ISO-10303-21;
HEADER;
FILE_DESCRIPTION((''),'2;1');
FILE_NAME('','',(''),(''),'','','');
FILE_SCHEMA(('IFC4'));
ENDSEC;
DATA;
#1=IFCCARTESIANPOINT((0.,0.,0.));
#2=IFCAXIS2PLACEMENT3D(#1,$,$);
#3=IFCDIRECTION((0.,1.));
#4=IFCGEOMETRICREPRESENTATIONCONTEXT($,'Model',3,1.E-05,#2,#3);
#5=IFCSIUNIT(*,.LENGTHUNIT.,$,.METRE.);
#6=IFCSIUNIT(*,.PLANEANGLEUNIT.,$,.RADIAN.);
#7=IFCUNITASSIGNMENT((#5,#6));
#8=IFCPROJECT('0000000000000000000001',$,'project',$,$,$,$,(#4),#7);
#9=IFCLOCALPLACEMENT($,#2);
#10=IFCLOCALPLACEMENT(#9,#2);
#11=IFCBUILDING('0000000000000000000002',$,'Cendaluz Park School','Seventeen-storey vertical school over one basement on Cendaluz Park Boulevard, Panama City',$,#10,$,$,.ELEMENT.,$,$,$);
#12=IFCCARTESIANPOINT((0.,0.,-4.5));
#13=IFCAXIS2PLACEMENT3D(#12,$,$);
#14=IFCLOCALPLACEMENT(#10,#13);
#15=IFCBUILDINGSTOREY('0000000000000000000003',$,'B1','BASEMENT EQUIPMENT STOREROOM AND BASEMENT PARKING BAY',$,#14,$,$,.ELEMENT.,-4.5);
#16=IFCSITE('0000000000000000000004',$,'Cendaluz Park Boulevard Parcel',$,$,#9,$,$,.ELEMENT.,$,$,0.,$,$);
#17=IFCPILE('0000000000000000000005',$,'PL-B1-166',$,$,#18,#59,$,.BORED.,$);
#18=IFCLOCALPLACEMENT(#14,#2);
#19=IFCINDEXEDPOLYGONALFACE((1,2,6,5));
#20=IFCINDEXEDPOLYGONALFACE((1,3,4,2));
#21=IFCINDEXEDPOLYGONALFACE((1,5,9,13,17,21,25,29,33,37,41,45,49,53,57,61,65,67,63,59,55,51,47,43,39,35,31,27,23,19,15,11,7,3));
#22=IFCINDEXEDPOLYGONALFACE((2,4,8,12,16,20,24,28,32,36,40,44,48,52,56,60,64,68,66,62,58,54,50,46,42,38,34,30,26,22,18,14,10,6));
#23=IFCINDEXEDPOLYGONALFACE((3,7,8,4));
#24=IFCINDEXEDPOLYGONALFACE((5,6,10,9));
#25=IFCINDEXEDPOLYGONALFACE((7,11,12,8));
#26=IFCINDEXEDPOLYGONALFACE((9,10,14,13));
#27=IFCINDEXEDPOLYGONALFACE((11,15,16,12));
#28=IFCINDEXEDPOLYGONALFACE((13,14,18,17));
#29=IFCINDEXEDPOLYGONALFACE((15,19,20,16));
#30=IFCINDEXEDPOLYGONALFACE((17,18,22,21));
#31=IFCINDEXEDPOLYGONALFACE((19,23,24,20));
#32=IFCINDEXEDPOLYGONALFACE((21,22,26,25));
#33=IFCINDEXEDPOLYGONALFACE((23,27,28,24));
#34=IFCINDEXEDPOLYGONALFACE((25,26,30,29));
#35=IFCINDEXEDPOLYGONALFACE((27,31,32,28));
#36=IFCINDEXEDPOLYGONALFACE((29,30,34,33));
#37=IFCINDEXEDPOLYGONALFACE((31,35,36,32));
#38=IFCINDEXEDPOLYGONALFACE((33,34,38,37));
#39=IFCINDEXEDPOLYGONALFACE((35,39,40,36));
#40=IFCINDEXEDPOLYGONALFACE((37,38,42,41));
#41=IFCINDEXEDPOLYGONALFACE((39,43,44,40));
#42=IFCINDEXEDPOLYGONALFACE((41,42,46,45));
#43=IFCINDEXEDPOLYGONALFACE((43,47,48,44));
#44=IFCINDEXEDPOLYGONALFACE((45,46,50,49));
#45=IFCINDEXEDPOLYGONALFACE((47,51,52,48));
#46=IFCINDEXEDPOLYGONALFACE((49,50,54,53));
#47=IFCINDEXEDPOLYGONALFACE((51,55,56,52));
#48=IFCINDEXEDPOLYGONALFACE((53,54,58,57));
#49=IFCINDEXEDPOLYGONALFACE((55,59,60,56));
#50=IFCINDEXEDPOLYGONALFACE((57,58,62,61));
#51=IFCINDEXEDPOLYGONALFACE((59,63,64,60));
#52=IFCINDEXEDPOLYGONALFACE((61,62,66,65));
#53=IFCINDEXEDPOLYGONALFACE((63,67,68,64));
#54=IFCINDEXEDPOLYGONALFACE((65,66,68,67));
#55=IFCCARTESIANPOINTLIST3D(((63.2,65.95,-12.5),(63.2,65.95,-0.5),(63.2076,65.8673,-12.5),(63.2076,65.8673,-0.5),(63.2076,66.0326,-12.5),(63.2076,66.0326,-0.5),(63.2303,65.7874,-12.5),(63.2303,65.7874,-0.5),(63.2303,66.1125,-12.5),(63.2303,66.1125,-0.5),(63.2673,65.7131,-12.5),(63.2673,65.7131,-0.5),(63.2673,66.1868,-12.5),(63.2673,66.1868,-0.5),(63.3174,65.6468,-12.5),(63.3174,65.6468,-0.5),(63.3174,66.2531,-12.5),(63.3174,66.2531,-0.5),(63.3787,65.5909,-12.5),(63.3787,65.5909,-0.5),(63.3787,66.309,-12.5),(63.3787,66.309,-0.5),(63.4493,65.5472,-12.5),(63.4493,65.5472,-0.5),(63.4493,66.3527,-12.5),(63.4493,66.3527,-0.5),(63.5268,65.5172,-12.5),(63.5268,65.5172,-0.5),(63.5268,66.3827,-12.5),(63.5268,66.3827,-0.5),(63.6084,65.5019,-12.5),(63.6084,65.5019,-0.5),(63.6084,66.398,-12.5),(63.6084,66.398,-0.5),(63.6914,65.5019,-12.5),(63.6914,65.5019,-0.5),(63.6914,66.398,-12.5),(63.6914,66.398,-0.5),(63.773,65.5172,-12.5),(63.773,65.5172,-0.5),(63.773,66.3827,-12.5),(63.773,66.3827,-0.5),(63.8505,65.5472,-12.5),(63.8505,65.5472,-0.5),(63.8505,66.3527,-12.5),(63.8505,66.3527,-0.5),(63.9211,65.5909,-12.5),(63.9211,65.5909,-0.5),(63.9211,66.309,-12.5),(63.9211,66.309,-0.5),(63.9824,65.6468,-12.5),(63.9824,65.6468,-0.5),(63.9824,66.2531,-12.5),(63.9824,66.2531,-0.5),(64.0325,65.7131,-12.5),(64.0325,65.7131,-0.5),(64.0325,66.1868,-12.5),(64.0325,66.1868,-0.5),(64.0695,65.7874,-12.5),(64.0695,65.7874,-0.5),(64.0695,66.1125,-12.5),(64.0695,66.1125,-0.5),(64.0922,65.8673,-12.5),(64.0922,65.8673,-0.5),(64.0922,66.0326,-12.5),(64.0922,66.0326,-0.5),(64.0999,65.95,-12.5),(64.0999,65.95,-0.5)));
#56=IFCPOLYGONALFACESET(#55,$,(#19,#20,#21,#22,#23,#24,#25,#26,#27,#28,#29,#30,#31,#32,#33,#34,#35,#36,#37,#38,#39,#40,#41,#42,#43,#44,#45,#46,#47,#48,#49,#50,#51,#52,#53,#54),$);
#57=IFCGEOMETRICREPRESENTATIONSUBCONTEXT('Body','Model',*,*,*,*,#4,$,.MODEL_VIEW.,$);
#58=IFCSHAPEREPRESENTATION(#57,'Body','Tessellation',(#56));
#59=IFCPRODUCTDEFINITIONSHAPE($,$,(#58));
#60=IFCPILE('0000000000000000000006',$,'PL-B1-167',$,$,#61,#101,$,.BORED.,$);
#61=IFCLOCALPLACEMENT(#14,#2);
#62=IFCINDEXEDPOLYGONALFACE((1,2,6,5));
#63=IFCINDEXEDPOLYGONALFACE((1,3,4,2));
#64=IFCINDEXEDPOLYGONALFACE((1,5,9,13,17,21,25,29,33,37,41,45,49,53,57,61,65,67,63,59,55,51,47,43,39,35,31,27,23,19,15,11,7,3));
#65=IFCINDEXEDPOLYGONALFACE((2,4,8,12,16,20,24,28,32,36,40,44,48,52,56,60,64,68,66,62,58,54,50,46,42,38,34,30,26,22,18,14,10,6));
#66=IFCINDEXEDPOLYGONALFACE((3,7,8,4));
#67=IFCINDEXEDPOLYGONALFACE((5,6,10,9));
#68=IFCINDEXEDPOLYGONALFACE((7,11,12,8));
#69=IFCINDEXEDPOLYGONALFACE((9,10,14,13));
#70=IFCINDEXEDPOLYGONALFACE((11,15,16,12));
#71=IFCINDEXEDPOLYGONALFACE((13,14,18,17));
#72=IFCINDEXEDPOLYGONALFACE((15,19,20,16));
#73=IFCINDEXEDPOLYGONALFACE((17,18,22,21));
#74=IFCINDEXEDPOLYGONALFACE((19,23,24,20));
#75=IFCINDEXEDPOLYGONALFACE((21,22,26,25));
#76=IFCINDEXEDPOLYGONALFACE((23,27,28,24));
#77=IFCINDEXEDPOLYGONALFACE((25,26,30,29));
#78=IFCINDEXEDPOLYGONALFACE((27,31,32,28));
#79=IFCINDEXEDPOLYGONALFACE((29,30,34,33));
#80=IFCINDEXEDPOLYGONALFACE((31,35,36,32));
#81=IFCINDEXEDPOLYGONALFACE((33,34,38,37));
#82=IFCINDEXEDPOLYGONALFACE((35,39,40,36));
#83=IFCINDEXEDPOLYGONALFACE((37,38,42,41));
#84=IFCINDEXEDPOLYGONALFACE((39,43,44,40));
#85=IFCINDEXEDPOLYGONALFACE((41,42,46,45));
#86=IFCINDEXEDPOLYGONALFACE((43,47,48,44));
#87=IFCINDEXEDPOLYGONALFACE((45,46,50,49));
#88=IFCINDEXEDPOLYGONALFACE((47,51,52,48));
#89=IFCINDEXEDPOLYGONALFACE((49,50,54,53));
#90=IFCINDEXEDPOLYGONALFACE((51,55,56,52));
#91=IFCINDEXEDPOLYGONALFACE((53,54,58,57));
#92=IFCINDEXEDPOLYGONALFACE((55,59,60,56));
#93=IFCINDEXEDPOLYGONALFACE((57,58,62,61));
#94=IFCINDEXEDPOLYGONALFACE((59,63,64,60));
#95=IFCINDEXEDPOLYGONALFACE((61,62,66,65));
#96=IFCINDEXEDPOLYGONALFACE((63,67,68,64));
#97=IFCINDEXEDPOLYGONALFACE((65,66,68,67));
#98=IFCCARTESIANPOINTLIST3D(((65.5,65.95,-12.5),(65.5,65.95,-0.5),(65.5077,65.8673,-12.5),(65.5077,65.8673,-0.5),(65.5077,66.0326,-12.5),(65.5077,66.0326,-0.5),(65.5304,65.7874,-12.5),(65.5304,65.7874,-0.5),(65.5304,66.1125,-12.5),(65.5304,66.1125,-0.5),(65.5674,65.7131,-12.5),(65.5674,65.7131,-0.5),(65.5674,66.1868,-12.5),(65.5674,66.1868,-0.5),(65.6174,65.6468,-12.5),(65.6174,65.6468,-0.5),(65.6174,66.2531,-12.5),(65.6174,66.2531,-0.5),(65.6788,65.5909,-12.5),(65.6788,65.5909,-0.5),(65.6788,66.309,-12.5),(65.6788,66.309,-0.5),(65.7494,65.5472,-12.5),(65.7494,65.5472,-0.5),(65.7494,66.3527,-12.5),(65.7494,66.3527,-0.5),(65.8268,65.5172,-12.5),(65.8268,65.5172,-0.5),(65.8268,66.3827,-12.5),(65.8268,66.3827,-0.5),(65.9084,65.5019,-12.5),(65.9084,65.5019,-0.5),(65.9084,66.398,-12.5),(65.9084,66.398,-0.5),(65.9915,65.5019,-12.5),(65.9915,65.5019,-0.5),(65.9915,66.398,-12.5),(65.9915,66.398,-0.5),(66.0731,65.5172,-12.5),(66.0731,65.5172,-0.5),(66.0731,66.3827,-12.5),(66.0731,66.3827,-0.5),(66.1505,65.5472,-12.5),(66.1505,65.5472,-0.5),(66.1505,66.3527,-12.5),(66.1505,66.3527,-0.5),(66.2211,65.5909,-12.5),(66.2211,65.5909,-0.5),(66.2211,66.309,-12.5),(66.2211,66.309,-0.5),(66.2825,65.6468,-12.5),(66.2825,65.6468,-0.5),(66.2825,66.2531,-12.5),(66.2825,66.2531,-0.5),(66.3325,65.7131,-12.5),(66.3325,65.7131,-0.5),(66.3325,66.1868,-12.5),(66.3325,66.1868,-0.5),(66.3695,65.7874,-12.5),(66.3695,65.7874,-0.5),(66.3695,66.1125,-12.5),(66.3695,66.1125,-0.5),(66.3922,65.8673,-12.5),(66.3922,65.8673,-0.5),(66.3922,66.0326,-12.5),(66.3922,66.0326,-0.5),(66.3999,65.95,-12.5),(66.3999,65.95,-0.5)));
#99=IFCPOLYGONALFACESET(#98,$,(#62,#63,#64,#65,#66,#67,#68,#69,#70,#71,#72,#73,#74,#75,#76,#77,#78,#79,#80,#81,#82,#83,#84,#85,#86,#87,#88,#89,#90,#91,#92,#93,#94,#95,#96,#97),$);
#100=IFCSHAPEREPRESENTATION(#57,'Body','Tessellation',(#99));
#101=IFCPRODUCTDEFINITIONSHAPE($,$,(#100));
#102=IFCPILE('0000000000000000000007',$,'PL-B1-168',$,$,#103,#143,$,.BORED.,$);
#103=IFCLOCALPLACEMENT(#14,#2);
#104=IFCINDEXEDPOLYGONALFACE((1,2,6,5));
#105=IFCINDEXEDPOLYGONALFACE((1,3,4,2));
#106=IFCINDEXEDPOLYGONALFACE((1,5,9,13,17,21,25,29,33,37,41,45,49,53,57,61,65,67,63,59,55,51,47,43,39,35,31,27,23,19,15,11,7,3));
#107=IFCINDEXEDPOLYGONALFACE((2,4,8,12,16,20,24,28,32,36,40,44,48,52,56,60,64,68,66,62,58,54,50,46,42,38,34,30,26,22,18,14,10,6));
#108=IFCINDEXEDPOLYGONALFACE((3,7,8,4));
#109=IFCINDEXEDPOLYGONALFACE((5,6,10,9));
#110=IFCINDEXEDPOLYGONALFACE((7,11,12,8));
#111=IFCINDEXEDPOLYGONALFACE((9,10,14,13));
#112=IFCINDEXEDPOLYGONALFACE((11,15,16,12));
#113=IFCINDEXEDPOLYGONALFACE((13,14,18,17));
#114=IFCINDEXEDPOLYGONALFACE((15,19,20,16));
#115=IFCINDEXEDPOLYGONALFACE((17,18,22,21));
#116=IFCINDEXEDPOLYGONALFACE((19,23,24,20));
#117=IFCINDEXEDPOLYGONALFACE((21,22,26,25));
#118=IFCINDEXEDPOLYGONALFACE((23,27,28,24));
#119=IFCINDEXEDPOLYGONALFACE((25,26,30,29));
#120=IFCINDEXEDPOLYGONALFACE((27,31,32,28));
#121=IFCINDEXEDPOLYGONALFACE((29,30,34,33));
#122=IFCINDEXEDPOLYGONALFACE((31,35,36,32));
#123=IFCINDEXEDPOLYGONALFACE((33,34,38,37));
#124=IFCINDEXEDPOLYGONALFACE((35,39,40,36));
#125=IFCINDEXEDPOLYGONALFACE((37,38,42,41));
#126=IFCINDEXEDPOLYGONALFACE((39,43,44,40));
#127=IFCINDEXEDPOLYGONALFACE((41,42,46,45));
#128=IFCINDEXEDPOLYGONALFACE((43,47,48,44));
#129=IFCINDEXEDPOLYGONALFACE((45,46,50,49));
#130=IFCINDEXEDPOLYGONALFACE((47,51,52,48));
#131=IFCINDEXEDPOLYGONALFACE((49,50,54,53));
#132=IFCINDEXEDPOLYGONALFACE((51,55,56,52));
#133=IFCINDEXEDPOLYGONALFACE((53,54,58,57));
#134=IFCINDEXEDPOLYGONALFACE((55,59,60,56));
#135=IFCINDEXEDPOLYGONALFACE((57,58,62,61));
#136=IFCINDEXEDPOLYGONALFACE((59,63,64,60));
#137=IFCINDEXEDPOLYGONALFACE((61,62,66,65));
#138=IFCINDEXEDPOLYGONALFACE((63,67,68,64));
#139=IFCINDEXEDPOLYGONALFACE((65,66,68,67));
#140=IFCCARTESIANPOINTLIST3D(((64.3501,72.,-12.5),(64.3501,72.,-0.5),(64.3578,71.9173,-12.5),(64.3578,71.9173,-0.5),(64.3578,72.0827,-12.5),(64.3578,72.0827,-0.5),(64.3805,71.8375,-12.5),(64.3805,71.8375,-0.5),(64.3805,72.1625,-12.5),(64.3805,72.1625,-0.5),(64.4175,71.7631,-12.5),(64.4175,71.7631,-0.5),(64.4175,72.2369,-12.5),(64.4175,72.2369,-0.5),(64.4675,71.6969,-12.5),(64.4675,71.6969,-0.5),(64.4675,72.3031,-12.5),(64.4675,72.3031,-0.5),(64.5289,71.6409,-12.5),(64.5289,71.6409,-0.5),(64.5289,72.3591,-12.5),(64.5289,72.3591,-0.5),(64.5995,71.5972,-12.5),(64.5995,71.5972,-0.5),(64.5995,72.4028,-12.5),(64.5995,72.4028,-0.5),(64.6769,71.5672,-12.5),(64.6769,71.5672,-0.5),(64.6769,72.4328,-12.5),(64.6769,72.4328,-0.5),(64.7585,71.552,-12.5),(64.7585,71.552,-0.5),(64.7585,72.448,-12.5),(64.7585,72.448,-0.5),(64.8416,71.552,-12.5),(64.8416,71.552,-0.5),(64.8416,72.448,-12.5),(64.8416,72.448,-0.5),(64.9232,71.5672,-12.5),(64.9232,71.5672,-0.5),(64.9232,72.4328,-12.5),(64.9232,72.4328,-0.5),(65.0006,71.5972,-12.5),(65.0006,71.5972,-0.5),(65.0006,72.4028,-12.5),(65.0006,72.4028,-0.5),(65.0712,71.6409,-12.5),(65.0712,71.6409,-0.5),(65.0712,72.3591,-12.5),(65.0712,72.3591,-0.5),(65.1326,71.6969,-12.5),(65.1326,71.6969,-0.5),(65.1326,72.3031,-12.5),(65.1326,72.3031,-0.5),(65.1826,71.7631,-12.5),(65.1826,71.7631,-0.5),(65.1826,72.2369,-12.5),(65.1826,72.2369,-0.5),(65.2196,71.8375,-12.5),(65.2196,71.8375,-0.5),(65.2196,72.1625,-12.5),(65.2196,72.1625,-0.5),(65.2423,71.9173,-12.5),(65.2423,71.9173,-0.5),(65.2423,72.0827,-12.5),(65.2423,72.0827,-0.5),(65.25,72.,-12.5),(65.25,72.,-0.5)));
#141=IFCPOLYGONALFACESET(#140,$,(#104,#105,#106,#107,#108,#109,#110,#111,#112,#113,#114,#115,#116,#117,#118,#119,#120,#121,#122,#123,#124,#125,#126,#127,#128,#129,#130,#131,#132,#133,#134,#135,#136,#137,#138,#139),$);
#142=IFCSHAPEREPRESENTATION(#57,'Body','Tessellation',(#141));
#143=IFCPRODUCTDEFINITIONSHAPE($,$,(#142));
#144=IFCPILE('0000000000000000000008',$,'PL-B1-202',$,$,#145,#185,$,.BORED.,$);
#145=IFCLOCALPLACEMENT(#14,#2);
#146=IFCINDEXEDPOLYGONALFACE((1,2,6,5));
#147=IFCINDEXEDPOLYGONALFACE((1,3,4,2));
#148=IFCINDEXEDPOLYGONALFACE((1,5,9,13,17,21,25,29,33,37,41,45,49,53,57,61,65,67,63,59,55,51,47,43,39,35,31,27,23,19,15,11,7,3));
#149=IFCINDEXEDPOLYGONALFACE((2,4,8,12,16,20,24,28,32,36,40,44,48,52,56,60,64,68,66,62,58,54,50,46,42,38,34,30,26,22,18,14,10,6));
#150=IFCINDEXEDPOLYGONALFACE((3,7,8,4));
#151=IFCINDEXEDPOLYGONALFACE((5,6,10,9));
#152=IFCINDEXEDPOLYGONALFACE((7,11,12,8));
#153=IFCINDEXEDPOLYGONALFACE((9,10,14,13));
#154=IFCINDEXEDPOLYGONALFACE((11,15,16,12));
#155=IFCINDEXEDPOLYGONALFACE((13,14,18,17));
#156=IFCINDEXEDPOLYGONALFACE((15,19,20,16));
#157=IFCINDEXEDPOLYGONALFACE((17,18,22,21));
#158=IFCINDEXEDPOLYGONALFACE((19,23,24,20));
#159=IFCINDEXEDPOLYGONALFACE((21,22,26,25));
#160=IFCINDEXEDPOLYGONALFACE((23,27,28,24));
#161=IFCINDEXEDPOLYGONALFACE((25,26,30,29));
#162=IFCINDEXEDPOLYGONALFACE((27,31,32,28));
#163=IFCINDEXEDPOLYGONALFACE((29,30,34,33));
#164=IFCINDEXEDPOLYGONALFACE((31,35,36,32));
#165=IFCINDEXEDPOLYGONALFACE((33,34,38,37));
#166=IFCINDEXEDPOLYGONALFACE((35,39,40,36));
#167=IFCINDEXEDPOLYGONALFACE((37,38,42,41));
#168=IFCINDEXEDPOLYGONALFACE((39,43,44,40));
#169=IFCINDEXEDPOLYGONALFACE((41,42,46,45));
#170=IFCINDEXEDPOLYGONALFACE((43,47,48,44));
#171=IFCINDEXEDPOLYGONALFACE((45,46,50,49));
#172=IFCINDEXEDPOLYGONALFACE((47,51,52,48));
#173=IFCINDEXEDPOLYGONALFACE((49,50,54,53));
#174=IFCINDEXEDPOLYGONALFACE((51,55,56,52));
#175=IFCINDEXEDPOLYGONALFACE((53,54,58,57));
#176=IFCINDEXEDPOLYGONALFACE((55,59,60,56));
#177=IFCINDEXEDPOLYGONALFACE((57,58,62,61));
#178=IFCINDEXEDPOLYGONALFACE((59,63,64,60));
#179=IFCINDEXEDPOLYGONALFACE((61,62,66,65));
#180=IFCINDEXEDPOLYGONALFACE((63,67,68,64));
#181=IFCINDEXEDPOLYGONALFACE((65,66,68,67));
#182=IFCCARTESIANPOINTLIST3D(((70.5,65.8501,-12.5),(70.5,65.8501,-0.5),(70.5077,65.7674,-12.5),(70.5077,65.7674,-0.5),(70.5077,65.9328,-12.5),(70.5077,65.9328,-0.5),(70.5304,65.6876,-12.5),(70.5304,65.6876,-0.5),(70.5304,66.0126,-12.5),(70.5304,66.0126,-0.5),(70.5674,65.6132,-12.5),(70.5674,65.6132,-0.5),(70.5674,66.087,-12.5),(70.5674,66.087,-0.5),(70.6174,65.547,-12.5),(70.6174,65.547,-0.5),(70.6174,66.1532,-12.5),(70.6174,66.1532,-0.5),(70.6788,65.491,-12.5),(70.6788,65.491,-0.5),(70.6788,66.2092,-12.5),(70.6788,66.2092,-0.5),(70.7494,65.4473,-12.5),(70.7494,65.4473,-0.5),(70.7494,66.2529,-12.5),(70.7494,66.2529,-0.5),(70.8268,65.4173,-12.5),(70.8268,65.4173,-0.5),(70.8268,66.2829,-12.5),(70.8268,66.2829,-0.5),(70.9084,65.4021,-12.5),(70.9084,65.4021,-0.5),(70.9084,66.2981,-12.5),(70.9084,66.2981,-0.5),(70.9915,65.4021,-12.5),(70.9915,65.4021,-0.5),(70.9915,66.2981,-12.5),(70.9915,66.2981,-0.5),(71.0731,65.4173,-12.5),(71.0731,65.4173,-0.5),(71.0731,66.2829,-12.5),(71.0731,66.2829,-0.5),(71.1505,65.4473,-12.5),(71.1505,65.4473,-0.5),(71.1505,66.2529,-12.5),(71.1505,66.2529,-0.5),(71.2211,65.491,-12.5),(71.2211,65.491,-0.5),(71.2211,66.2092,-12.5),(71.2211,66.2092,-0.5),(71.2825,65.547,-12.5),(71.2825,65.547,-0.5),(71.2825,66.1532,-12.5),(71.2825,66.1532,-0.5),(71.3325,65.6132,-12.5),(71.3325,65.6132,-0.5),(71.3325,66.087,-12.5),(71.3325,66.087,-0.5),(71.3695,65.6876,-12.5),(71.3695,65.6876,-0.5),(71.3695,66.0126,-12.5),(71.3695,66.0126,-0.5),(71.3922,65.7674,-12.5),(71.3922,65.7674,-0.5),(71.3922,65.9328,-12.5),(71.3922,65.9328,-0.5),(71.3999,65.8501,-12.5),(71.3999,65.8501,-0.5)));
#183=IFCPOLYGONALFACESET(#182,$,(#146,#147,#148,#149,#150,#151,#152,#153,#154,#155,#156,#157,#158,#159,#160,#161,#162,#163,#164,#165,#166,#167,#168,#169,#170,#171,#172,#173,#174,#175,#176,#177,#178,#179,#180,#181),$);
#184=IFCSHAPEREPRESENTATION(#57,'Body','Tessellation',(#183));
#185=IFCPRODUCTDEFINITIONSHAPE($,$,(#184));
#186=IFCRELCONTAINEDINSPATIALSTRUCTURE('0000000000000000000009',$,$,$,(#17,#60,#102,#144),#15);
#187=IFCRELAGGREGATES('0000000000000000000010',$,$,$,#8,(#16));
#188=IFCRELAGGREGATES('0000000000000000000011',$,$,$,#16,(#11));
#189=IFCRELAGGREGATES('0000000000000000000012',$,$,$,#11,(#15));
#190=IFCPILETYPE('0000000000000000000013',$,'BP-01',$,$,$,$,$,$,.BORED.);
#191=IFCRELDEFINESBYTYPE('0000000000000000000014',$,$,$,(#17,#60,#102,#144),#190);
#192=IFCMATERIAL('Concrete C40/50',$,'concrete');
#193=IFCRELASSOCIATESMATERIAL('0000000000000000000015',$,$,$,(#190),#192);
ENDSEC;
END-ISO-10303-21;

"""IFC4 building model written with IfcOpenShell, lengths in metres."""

from ifc_helpers import new_model, si_unit, direction, frame, origin, origin_2d, place, context, subcontext, project, spatial, circle, extrude, material, material_profile, profile_set, type_object, element, save


model = new_model("IFC4")

# Units and contexts
model_context = context("Model", 3, precision=1e-05, world=origin(), true_north=direction((0.0, 1.0)))
body_context = subcontext(model_context, "Body", "Model", "MODEL_VIEW")
ifc_project = project(units=[si_unit("LENGTHUNIT", "METRE"), si_unit("PLANEANGLEUNIT", "RADIAN")], contexts=[model_context])

# Site, building, storey
site_placement = place(None, origin())
site = spatial("IfcSite", under=ifc_project, at=site_placement, Name="Cendaluz Park Boulevard Parcel", CompositionType="ELEMENT", RefElevation=0.0)
building_placement = place(site_placement, origin())
building = spatial("IfcBuilding", under=site, at=building_placement, Name="Cendaluz Park School", Description="Seventeen-storey vertical school over one basement on Cendaluz Park Boulevard, Panama City", CompositionType="ELEMENT")
storey_placement = place(building_placement, frame((0.0, 0.0, -4.5)))
storey = spatial("IfcBuildingStorey", under=building, at=storey_placement, Name="B1", Description="BASEMENT EQUIPMENT STOREROOM AND BASEMENT PARKING BAY", CompositionType="ELEMENT", Elevation=-4.5)

# Piles
ifc_material_1 = material(Name="Concrete C40/50", Category="concrete")
ifc_material_profile_1 = material_profile(ifc_material_1, circle(Radius=0.45, at=origin_2d()), Name="BP D900", Category="concrete")
ifc_profile_set_1 = profile_set([ifc_material_profile_1], Name="Concrete C40/50")
pile_type_1 = type_object("IfcPileType", Name="BP-01", PredefinedType="BORED", material=ifc_profile_set_1)
for number, where, z_axis, x_axis, name in (
    (1, (63.6499, 65.95, -0.5), (0.0, 0.0, -1.0), (1.0, 0.0, 0.0), "PL-B1-166"),
    (2, (65.95, 65.95, -0.5), (0.0, 0.0, -1.0), (1.0, 0.0, 0.0), "PL-B1-167"),
    (3, (64.8, 72.0, -0.5), (0.0, 0.0, -1.0), (1.0, 0.0, 0.0), "PL-B1-168"),
    (4, (70.95, 65.8501, -0.5), (0.0, 0.0, -1.0), (1.0, 0.0, 0.0), "PL-B1-202"),
):
    element("IfcPile", number, at=place(storey_placement, frame(where, z_axis=z_axis, x_axis=x_axis)), inside=storey, type_object=pile_type_1, Name=name, PredefinedType="BORED", context=body_context, shape_type="SweptSolid", body=[
        extrude(circle(Radius=0.45, at=origin_2d()), origin(), (0.0, 0.0, 1.0), 12.0),
    ])

save(model, "model.ifc")
